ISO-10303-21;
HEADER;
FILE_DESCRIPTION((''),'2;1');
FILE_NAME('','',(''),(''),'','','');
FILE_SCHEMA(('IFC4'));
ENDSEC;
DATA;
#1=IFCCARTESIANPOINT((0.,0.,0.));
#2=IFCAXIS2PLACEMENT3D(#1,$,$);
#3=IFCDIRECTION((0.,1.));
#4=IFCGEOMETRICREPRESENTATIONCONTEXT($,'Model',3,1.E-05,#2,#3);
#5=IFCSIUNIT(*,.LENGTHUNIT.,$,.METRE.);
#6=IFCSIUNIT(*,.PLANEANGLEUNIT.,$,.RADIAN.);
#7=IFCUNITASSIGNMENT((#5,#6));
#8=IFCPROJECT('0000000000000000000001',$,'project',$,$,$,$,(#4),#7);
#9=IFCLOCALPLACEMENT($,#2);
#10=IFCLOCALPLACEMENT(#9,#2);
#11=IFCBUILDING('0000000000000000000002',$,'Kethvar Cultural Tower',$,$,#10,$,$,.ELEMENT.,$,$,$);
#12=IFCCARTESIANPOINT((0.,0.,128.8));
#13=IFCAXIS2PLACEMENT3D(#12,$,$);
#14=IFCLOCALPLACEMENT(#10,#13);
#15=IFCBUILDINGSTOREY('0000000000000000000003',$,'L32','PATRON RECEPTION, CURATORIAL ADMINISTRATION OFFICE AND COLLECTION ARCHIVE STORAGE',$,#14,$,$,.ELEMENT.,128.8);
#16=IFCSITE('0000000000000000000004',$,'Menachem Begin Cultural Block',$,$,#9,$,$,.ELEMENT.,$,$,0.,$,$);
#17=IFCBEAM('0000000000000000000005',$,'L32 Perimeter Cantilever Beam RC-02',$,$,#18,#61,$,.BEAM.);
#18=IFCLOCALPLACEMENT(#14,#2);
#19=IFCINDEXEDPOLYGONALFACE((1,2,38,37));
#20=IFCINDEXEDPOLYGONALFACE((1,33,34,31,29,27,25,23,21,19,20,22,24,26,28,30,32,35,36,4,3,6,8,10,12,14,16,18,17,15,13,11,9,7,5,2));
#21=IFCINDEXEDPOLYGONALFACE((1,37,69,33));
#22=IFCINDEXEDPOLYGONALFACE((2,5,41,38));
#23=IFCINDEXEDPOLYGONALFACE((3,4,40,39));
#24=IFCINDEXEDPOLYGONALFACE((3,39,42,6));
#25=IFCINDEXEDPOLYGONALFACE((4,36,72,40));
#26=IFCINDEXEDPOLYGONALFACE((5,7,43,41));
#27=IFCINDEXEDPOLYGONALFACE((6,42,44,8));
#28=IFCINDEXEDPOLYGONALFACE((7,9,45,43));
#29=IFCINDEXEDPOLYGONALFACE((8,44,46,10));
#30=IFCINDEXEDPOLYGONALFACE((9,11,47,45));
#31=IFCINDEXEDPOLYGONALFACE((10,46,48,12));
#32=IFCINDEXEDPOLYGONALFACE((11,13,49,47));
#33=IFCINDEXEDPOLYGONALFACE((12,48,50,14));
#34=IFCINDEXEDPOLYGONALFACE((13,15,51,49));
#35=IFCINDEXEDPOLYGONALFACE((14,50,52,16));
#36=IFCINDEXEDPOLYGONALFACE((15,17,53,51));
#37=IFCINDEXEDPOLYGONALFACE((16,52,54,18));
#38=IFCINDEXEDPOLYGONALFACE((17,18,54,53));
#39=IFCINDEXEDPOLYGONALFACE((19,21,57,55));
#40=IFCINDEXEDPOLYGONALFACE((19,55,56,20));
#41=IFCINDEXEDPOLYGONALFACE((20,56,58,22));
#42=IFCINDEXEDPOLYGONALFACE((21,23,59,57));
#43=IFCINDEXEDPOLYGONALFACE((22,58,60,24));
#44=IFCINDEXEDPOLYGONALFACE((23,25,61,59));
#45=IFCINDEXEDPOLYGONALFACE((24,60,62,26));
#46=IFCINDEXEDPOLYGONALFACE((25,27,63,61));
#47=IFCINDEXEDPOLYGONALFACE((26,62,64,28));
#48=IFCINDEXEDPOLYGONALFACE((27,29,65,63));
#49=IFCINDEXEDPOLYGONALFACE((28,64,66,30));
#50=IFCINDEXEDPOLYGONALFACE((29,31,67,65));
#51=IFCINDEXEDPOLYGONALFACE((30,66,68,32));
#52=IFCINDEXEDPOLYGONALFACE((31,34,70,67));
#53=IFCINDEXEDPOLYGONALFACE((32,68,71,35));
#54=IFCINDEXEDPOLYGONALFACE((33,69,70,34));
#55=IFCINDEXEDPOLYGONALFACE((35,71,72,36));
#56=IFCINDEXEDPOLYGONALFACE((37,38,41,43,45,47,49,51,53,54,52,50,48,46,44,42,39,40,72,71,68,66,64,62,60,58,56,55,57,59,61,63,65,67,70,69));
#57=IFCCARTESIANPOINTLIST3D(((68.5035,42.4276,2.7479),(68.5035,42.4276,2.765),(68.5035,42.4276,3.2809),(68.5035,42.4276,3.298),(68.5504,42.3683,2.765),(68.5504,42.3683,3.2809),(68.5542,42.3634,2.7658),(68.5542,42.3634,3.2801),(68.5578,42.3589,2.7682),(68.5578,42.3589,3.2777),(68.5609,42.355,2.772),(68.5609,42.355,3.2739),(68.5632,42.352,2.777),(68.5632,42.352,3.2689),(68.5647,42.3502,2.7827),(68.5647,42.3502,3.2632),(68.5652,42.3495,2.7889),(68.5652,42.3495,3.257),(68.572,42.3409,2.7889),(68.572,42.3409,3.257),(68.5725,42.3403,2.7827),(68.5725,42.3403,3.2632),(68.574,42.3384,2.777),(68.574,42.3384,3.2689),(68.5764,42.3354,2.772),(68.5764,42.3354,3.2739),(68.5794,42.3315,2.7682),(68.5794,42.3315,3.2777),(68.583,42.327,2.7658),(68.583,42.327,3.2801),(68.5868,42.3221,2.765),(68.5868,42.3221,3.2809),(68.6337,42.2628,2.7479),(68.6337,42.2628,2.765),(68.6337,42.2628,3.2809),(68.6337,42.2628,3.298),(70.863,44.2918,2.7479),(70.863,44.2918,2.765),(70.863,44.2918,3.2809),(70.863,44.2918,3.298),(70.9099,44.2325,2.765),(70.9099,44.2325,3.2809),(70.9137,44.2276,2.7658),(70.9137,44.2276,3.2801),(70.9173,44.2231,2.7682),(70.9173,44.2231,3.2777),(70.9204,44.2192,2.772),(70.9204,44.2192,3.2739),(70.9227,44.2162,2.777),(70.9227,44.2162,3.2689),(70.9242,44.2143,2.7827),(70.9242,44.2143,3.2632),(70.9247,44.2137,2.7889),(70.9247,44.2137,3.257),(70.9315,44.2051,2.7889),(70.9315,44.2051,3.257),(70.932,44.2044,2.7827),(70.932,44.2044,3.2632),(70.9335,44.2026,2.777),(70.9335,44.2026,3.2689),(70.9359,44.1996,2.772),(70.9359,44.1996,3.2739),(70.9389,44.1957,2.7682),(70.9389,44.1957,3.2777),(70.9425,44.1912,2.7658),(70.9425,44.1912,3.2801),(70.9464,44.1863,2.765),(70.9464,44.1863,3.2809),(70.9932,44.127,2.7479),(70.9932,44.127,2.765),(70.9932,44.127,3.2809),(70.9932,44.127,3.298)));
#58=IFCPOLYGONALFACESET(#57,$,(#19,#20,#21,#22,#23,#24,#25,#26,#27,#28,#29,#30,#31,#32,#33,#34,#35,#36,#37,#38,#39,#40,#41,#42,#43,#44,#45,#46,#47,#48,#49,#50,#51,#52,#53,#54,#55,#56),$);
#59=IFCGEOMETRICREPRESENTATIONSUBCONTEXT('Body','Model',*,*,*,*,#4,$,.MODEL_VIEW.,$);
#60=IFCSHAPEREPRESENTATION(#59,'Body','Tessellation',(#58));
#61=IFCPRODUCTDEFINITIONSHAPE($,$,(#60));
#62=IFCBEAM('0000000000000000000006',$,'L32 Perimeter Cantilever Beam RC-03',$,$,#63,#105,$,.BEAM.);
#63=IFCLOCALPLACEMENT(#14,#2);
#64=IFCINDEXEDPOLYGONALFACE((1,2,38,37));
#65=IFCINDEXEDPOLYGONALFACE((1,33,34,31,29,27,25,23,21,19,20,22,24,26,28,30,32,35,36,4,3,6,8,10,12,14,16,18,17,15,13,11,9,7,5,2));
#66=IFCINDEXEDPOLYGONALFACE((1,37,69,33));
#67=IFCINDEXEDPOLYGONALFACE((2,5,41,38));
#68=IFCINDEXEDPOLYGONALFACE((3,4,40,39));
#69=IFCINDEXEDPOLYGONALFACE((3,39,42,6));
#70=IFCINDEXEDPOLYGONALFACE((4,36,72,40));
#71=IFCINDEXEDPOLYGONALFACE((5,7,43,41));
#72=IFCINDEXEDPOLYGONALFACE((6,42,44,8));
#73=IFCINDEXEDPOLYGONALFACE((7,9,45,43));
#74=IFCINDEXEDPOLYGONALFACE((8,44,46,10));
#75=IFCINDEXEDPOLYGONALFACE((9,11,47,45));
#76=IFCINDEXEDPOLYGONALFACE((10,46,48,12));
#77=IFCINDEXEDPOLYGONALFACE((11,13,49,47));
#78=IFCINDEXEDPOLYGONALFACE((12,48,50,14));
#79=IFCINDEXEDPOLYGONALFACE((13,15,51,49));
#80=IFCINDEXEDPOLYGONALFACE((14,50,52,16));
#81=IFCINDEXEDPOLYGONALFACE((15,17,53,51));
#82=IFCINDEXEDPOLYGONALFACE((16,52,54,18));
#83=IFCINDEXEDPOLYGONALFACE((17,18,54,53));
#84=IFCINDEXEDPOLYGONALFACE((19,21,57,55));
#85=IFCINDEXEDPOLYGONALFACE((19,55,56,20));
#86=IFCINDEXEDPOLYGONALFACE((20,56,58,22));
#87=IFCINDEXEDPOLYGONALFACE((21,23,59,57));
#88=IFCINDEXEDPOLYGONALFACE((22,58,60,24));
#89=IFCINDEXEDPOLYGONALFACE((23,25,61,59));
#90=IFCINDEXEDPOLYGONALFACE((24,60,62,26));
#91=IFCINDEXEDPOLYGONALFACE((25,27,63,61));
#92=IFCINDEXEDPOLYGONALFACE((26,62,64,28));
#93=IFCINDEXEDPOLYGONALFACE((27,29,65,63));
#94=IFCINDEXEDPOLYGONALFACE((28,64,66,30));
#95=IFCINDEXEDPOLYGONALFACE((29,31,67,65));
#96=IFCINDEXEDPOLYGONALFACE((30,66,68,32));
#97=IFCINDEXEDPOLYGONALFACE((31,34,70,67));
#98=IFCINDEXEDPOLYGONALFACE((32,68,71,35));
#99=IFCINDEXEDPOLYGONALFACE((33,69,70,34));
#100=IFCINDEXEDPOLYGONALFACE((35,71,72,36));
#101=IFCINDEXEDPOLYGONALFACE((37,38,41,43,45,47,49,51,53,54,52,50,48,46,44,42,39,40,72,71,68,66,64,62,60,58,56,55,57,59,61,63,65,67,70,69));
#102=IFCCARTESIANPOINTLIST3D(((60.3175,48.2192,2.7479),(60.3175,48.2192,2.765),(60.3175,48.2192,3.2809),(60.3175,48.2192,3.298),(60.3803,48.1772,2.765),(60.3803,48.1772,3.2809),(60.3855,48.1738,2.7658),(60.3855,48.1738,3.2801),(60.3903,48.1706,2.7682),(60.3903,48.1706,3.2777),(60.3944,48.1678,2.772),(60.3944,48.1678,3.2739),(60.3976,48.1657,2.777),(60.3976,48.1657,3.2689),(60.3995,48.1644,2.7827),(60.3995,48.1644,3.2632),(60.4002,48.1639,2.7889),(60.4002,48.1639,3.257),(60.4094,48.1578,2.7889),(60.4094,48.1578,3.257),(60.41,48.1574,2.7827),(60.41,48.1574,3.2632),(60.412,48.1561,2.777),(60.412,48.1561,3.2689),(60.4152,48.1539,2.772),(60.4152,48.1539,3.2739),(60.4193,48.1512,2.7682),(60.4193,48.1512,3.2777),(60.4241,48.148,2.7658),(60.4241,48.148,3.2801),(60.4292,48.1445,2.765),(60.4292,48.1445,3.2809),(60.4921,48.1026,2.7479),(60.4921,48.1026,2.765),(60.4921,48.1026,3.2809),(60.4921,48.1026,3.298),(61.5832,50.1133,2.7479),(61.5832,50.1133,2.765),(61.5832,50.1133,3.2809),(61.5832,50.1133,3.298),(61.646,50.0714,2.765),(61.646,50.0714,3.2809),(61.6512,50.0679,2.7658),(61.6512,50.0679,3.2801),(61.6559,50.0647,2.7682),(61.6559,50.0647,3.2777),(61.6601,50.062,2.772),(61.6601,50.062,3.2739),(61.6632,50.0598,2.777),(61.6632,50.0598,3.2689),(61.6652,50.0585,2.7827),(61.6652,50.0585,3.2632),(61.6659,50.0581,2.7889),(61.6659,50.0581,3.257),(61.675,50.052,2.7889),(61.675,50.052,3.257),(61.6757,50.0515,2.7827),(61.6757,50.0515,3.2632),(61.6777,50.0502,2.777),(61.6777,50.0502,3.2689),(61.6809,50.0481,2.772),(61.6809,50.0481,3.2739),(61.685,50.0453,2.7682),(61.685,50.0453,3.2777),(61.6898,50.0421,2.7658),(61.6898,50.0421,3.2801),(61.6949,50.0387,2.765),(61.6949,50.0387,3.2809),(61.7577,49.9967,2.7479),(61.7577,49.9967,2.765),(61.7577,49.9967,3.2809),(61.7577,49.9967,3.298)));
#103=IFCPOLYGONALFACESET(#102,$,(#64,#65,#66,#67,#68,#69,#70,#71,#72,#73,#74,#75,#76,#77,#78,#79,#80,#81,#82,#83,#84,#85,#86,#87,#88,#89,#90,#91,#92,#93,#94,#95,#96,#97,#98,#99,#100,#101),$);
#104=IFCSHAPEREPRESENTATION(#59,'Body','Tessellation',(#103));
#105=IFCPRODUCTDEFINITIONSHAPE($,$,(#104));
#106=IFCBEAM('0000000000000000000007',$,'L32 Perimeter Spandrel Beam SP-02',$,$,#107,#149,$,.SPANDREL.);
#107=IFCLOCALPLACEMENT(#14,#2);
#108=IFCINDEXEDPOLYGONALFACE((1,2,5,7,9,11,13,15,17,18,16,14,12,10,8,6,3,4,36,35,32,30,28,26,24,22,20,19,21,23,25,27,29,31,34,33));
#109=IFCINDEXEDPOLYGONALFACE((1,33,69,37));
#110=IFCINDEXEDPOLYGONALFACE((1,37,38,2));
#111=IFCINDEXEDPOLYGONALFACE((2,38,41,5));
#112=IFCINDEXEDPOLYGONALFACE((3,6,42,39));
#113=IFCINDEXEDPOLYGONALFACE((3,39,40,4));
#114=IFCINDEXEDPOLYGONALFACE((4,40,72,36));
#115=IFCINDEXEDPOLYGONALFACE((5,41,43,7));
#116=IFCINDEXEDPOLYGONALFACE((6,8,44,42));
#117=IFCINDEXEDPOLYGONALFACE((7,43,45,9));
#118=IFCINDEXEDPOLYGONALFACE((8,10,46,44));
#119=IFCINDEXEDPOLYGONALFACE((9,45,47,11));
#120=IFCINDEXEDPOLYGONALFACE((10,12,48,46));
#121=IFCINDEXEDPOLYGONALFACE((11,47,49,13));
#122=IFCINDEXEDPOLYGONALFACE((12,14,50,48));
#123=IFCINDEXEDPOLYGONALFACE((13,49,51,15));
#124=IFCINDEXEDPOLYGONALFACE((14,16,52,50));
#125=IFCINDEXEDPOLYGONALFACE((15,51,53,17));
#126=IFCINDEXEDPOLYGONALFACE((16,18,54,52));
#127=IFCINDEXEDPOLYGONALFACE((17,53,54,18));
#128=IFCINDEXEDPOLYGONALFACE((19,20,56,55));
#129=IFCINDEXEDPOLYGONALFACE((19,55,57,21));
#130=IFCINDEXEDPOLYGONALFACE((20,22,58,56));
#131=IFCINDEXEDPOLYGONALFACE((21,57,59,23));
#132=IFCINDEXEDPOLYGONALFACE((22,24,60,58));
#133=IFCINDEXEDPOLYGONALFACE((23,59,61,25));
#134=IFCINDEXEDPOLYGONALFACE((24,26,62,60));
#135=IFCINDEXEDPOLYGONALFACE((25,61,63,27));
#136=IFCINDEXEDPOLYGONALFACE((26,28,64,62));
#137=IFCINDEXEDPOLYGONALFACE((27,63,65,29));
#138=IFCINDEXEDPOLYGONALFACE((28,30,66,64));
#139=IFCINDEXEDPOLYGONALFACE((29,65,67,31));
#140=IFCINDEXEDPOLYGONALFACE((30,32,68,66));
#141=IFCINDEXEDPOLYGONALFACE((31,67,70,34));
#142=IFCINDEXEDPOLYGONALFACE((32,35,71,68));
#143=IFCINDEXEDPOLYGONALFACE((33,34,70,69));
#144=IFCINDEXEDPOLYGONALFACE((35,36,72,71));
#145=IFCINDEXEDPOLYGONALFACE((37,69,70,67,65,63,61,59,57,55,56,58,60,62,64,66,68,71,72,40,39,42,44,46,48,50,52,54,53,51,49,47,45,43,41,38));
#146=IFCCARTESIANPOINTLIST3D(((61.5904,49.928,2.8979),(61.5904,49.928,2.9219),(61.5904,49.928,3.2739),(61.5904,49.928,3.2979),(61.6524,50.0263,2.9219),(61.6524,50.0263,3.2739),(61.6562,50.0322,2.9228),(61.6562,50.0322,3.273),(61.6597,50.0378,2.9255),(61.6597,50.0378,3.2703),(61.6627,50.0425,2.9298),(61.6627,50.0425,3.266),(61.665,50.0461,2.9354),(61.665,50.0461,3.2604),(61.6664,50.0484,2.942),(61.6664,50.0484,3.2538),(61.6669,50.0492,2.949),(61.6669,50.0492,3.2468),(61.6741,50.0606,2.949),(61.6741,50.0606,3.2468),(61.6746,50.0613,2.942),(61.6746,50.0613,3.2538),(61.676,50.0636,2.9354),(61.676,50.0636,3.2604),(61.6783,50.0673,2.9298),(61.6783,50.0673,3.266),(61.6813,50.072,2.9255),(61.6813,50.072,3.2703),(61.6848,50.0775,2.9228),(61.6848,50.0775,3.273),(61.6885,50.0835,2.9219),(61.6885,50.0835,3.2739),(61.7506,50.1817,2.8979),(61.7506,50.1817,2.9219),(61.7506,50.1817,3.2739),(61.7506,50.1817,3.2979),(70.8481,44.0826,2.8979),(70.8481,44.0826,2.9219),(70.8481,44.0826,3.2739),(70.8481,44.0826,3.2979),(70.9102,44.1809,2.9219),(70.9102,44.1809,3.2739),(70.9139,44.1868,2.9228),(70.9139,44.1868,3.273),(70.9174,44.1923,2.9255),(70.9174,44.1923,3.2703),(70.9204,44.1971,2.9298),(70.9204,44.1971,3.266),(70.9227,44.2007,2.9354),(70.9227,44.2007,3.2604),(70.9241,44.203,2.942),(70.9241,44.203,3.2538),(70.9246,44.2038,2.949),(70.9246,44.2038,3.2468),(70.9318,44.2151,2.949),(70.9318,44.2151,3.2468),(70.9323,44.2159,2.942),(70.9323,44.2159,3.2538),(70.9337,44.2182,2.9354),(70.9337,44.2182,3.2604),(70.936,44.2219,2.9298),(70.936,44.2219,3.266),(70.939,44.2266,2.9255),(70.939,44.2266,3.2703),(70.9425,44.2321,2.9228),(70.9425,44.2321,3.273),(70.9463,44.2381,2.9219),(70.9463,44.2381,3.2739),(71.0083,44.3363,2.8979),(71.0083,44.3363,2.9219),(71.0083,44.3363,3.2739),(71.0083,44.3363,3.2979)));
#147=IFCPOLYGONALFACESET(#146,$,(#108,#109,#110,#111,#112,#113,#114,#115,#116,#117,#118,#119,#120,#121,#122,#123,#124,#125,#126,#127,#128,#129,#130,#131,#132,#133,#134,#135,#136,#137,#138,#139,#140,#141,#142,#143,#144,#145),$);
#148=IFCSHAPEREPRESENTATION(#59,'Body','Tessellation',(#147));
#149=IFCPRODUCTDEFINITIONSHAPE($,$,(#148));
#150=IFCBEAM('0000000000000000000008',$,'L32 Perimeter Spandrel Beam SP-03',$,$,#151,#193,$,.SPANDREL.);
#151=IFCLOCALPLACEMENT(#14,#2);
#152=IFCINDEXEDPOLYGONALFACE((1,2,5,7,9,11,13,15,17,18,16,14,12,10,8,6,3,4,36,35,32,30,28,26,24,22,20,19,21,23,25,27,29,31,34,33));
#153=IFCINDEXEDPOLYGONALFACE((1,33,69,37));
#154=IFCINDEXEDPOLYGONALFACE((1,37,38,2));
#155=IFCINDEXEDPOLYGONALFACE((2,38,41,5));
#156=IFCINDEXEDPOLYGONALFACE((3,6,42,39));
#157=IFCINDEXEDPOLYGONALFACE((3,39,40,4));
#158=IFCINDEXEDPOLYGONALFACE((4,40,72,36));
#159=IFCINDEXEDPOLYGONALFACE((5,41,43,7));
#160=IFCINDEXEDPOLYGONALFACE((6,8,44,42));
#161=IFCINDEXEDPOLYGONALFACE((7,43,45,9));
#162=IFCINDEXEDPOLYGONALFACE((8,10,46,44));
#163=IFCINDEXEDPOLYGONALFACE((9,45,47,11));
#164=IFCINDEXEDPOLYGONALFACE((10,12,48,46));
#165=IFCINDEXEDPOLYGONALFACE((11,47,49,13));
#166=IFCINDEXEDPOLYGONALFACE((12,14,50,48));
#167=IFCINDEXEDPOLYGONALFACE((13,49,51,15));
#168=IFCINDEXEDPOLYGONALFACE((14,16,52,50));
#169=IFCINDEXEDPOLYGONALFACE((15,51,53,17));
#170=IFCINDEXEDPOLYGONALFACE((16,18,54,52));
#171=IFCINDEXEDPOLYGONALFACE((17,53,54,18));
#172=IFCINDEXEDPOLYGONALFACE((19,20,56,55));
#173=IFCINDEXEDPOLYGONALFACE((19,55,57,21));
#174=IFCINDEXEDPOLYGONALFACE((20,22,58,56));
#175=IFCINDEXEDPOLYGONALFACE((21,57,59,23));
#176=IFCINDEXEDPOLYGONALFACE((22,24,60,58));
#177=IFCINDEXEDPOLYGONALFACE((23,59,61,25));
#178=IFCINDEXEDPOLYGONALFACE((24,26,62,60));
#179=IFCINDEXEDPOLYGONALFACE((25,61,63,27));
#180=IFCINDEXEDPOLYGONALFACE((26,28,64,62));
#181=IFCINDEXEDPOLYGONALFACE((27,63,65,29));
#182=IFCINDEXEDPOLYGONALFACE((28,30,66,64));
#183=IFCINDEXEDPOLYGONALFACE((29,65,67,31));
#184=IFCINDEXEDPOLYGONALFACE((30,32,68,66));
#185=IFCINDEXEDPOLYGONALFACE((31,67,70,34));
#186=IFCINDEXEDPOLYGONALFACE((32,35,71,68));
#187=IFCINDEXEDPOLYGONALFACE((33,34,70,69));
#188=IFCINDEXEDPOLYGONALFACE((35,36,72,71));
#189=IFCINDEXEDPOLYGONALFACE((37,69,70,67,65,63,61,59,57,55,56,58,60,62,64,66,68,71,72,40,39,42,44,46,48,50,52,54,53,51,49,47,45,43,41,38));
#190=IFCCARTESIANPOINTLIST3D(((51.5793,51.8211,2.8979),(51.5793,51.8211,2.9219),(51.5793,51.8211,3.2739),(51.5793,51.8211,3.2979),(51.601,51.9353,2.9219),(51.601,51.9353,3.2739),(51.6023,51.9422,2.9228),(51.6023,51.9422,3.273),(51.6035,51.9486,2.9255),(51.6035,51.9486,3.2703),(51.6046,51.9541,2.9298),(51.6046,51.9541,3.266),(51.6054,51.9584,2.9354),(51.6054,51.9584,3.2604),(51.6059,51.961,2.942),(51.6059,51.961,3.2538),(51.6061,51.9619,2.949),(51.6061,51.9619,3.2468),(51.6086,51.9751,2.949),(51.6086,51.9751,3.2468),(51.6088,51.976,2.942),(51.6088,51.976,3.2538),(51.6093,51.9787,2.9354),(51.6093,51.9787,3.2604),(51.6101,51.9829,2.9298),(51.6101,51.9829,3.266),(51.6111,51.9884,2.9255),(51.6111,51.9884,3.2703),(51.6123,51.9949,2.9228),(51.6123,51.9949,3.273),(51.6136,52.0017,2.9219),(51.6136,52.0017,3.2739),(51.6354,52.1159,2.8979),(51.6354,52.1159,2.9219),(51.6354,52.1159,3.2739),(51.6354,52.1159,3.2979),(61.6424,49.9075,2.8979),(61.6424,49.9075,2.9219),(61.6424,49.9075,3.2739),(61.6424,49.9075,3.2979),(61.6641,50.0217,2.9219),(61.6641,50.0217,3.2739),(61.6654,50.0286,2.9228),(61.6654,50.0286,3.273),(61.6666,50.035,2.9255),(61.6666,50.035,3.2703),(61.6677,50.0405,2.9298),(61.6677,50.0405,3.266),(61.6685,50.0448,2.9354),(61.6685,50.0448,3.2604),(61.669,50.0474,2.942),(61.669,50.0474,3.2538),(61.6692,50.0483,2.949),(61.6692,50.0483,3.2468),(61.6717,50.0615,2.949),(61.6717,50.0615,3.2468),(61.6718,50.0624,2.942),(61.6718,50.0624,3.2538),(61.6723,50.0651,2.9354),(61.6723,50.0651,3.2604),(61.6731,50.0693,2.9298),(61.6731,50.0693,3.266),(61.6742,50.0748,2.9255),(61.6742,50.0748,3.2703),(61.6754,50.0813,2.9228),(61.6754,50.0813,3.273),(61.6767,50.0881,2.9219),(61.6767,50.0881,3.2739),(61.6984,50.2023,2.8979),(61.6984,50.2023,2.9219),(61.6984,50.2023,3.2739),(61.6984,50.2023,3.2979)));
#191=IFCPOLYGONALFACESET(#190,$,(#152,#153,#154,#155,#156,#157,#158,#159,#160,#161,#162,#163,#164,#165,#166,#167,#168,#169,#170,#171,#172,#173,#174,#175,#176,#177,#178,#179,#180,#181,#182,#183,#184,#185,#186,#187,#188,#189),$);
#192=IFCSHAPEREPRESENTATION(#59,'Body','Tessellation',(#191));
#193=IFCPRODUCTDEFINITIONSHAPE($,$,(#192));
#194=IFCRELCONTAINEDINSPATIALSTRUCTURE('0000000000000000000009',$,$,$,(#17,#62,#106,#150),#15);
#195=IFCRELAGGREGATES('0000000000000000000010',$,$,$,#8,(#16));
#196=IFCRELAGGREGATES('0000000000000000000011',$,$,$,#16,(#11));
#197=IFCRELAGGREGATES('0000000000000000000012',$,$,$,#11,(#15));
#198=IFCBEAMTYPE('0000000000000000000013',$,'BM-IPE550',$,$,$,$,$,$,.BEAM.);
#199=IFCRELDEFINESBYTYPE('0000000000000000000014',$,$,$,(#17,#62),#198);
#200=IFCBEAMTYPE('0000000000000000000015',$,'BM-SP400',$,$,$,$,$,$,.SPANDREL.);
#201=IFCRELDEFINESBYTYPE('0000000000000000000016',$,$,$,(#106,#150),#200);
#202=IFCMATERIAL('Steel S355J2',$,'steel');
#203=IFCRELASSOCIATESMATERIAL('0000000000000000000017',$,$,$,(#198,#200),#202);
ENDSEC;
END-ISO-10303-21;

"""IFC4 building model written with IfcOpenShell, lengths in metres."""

from ifc_helpers import new_model, si_unit, direction, frame, origin, origin_2d, place, context, subcontext, project, spatial, i_section, extrude, source, transform, mapped, material, material_profile, profile_set, type_object, element, save


model = new_model("IFC4")

# Units and contexts
model_context = context("Model", 3, precision=1e-05, world=origin(), true_north=direction((0.0, 1.0)))
body_context = subcontext(model_context, "Body", "Model", "MODEL_VIEW")
ifc_project = project(units=[si_unit("LENGTHUNIT", "METRE"), si_unit("PLANEANGLEUNIT", "RADIAN")], contexts=[model_context])

# Site, building, storey
site_placement = place(None, origin())
site = spatial("IfcSite", under=ifc_project, at=site_placement, Name="Menachem Begin Cultural Block", CompositionType="ELEMENT", RefElevation=0.0)
building_placement = place(site_placement, origin())
building = spatial("IfcBuilding", under=site, at=building_placement, Name="Kethvar Cultural Tower", CompositionType="ELEMENT")
storey_placement = place(building_placement, frame((0.0, 0.0, 128.8)))
storey = spatial("IfcBuildingStorey", under=building, at=storey_placement, Name="L32", Description="PATRON RECEPTION, CURATORIAL ADMINISTRATION OFFICE AND COLLECTION ARCHIVE STORAGE", CompositionType="ELEMENT", Elevation=128.8)

# Beams
ifc_material_1 = material(Name="Steel S355J2", Category="steel")
ifc_material_profile_1 = material_profile(ifc_material_1, i_section(OverallWidth=0.21, OverallDepth=0.55, WebThickness=0.011, FlangeThickness=0.0171, FilletRadius=0.0239, at=origin_2d()), Name="Steel S355J2 — IPE550")
ifc_profile_set_1 = profile_set([ifc_material_profile_1], Name="Steel S355J2 — IPE550")
beam_type_1 = type_object("IfcBeamType", Name="BM-IPE550", PredefinedType="BEAM", material=ifc_profile_set_1)
shared_shape_1 = source(origin(), body_context, "Body", "SweptSolid", [
    extrude(i_section(OverallWidth=0.21, OverallDepth=0.55, WebThickness=0.011, FlangeThickness=0.0171, FilletRadius=0.0239, at=origin_2d()), origin(), (0.0, 0.0, 1.0), 3.0071),
])
beam_1_placement = place(storey_placement, frame((68.5686, 42.3452, 3.0229), z_axis=(0.784656, 0.619931, 0.0), x_axis=(-0.619931, 0.784656, 0.0)))
element("IfcBeam", 1, at=beam_1_placement, inside=storey, type_object=beam_type_1, Name="L32 Perimeter Cantilever Beam RC-02", PredefinedType="BEAM", context=body_context, shape_type="MappedRepresentation", body=[
    mapped(shared_shape_1, transform((0.0, 0.0, 0.0), scale=1.0)),
])
shared_shape_2 = source(origin(), body_context, "Body", "SweptSolid", [
    extrude(i_section(OverallWidth=0.21, OverallDepth=0.55, WebThickness=0.011, FlangeThickness=0.0171, FilletRadius=0.0239, at=origin_2d()), origin(), (0.0, 0.0, 1.0), 2.2781),
])
beam_2_placement = place(storey_placement, frame((60.4048, 48.1609, 3.0229), z_axis=(0.55559, 0.831456, 0.0), x_axis=(-0.831456, 0.55559, 0.0)))
element("IfcBeam", 2, at=beam_2_placement, inside=storey, type_object=beam_type_1, Name="L32 Perimeter Cantilever Beam RC-03", PredefinedType="BEAM", context=body_context, shape_type="MappedRepresentation", body=[
    mapped(shared_shape_2, transform((0.0, 0.0, 0.0), scale=1.0)),
])
ifc_material_profile_2 = material_profile(ifc_material_1, i_section(OverallWidth=0.3, OverallDepth=0.3999, WebThickness=0.0134, FlangeThickness=0.0239, FilletRadius=0.0271, at=origin_2d()), Name="Steel S355J2 — HEB400")
ifc_profile_set_2 = profile_set([ifc_material_profile_2], Name="Steel S355J2 — HEB400")
beam_type_2 = type_object("IfcBeamType", Name="BM-SP400", PredefinedType="SPANDREL", material=ifc_profile_set_2)
shared_shape_3 = source(origin(), body_context, "Body", "SweptSolid", [
    extrude(i_section(OverallWidth=0.3, OverallDepth=0.3999, WebThickness=0.0134, FlangeThickness=0.0239, FilletRadius=0.0271, at=origin_2d()), origin(), (0.0, 0.0, 1.0), 10.9487),
])
beam_3_placement = place(storey_placement, frame((70.9282, 44.2095, 3.0979), z_axis=(-0.845554, 0.53389, 0.0), x_axis=(-0.53389, -0.845554, 0.0)))
element("IfcBeam", 3, at=beam_3_placement, inside=storey, type_object=beam_type_2, Name="L32 Perimeter Spandrel Beam SP-02", PredefinedType="SPANDREL", context=body_context, shape_type="MappedRepresentation", body=[
    mapped(shared_shape_3, transform((0.0, 0.0, 0.0), scale=1.0)),
])
shared_shape_4 = source(origin(), body_context, "Body", "SweptSolid", [
    extrude(i_section(OverallWidth=0.3, OverallDepth=0.3999, WebThickness=0.0134, FlangeThickness=0.0239, FilletRadius=0.0271, at=origin_2d()), origin(), (0.0, 0.0, 1.0), 10.2434),
])
beam_4_placement = place(storey_placement, frame((61.6704, 50.0549, 3.0979), z_axis=(-0.982396, 0.186812, 0.0), x_axis=(-0.186812, -0.982396, 0.0)))
element("IfcBeam", 4, at=beam_4_placement, inside=storey, type_object=beam_type_2, Name="L32 Perimeter Spandrel Beam SP-03", PredefinedType="SPANDREL", context=body_context, shape_type="MappedRepresentation", body=[
    mapped(shared_shape_4, transform((0.0, 0.0, 0.0), scale=1.0)),
])

save(model, "model.ifc")
